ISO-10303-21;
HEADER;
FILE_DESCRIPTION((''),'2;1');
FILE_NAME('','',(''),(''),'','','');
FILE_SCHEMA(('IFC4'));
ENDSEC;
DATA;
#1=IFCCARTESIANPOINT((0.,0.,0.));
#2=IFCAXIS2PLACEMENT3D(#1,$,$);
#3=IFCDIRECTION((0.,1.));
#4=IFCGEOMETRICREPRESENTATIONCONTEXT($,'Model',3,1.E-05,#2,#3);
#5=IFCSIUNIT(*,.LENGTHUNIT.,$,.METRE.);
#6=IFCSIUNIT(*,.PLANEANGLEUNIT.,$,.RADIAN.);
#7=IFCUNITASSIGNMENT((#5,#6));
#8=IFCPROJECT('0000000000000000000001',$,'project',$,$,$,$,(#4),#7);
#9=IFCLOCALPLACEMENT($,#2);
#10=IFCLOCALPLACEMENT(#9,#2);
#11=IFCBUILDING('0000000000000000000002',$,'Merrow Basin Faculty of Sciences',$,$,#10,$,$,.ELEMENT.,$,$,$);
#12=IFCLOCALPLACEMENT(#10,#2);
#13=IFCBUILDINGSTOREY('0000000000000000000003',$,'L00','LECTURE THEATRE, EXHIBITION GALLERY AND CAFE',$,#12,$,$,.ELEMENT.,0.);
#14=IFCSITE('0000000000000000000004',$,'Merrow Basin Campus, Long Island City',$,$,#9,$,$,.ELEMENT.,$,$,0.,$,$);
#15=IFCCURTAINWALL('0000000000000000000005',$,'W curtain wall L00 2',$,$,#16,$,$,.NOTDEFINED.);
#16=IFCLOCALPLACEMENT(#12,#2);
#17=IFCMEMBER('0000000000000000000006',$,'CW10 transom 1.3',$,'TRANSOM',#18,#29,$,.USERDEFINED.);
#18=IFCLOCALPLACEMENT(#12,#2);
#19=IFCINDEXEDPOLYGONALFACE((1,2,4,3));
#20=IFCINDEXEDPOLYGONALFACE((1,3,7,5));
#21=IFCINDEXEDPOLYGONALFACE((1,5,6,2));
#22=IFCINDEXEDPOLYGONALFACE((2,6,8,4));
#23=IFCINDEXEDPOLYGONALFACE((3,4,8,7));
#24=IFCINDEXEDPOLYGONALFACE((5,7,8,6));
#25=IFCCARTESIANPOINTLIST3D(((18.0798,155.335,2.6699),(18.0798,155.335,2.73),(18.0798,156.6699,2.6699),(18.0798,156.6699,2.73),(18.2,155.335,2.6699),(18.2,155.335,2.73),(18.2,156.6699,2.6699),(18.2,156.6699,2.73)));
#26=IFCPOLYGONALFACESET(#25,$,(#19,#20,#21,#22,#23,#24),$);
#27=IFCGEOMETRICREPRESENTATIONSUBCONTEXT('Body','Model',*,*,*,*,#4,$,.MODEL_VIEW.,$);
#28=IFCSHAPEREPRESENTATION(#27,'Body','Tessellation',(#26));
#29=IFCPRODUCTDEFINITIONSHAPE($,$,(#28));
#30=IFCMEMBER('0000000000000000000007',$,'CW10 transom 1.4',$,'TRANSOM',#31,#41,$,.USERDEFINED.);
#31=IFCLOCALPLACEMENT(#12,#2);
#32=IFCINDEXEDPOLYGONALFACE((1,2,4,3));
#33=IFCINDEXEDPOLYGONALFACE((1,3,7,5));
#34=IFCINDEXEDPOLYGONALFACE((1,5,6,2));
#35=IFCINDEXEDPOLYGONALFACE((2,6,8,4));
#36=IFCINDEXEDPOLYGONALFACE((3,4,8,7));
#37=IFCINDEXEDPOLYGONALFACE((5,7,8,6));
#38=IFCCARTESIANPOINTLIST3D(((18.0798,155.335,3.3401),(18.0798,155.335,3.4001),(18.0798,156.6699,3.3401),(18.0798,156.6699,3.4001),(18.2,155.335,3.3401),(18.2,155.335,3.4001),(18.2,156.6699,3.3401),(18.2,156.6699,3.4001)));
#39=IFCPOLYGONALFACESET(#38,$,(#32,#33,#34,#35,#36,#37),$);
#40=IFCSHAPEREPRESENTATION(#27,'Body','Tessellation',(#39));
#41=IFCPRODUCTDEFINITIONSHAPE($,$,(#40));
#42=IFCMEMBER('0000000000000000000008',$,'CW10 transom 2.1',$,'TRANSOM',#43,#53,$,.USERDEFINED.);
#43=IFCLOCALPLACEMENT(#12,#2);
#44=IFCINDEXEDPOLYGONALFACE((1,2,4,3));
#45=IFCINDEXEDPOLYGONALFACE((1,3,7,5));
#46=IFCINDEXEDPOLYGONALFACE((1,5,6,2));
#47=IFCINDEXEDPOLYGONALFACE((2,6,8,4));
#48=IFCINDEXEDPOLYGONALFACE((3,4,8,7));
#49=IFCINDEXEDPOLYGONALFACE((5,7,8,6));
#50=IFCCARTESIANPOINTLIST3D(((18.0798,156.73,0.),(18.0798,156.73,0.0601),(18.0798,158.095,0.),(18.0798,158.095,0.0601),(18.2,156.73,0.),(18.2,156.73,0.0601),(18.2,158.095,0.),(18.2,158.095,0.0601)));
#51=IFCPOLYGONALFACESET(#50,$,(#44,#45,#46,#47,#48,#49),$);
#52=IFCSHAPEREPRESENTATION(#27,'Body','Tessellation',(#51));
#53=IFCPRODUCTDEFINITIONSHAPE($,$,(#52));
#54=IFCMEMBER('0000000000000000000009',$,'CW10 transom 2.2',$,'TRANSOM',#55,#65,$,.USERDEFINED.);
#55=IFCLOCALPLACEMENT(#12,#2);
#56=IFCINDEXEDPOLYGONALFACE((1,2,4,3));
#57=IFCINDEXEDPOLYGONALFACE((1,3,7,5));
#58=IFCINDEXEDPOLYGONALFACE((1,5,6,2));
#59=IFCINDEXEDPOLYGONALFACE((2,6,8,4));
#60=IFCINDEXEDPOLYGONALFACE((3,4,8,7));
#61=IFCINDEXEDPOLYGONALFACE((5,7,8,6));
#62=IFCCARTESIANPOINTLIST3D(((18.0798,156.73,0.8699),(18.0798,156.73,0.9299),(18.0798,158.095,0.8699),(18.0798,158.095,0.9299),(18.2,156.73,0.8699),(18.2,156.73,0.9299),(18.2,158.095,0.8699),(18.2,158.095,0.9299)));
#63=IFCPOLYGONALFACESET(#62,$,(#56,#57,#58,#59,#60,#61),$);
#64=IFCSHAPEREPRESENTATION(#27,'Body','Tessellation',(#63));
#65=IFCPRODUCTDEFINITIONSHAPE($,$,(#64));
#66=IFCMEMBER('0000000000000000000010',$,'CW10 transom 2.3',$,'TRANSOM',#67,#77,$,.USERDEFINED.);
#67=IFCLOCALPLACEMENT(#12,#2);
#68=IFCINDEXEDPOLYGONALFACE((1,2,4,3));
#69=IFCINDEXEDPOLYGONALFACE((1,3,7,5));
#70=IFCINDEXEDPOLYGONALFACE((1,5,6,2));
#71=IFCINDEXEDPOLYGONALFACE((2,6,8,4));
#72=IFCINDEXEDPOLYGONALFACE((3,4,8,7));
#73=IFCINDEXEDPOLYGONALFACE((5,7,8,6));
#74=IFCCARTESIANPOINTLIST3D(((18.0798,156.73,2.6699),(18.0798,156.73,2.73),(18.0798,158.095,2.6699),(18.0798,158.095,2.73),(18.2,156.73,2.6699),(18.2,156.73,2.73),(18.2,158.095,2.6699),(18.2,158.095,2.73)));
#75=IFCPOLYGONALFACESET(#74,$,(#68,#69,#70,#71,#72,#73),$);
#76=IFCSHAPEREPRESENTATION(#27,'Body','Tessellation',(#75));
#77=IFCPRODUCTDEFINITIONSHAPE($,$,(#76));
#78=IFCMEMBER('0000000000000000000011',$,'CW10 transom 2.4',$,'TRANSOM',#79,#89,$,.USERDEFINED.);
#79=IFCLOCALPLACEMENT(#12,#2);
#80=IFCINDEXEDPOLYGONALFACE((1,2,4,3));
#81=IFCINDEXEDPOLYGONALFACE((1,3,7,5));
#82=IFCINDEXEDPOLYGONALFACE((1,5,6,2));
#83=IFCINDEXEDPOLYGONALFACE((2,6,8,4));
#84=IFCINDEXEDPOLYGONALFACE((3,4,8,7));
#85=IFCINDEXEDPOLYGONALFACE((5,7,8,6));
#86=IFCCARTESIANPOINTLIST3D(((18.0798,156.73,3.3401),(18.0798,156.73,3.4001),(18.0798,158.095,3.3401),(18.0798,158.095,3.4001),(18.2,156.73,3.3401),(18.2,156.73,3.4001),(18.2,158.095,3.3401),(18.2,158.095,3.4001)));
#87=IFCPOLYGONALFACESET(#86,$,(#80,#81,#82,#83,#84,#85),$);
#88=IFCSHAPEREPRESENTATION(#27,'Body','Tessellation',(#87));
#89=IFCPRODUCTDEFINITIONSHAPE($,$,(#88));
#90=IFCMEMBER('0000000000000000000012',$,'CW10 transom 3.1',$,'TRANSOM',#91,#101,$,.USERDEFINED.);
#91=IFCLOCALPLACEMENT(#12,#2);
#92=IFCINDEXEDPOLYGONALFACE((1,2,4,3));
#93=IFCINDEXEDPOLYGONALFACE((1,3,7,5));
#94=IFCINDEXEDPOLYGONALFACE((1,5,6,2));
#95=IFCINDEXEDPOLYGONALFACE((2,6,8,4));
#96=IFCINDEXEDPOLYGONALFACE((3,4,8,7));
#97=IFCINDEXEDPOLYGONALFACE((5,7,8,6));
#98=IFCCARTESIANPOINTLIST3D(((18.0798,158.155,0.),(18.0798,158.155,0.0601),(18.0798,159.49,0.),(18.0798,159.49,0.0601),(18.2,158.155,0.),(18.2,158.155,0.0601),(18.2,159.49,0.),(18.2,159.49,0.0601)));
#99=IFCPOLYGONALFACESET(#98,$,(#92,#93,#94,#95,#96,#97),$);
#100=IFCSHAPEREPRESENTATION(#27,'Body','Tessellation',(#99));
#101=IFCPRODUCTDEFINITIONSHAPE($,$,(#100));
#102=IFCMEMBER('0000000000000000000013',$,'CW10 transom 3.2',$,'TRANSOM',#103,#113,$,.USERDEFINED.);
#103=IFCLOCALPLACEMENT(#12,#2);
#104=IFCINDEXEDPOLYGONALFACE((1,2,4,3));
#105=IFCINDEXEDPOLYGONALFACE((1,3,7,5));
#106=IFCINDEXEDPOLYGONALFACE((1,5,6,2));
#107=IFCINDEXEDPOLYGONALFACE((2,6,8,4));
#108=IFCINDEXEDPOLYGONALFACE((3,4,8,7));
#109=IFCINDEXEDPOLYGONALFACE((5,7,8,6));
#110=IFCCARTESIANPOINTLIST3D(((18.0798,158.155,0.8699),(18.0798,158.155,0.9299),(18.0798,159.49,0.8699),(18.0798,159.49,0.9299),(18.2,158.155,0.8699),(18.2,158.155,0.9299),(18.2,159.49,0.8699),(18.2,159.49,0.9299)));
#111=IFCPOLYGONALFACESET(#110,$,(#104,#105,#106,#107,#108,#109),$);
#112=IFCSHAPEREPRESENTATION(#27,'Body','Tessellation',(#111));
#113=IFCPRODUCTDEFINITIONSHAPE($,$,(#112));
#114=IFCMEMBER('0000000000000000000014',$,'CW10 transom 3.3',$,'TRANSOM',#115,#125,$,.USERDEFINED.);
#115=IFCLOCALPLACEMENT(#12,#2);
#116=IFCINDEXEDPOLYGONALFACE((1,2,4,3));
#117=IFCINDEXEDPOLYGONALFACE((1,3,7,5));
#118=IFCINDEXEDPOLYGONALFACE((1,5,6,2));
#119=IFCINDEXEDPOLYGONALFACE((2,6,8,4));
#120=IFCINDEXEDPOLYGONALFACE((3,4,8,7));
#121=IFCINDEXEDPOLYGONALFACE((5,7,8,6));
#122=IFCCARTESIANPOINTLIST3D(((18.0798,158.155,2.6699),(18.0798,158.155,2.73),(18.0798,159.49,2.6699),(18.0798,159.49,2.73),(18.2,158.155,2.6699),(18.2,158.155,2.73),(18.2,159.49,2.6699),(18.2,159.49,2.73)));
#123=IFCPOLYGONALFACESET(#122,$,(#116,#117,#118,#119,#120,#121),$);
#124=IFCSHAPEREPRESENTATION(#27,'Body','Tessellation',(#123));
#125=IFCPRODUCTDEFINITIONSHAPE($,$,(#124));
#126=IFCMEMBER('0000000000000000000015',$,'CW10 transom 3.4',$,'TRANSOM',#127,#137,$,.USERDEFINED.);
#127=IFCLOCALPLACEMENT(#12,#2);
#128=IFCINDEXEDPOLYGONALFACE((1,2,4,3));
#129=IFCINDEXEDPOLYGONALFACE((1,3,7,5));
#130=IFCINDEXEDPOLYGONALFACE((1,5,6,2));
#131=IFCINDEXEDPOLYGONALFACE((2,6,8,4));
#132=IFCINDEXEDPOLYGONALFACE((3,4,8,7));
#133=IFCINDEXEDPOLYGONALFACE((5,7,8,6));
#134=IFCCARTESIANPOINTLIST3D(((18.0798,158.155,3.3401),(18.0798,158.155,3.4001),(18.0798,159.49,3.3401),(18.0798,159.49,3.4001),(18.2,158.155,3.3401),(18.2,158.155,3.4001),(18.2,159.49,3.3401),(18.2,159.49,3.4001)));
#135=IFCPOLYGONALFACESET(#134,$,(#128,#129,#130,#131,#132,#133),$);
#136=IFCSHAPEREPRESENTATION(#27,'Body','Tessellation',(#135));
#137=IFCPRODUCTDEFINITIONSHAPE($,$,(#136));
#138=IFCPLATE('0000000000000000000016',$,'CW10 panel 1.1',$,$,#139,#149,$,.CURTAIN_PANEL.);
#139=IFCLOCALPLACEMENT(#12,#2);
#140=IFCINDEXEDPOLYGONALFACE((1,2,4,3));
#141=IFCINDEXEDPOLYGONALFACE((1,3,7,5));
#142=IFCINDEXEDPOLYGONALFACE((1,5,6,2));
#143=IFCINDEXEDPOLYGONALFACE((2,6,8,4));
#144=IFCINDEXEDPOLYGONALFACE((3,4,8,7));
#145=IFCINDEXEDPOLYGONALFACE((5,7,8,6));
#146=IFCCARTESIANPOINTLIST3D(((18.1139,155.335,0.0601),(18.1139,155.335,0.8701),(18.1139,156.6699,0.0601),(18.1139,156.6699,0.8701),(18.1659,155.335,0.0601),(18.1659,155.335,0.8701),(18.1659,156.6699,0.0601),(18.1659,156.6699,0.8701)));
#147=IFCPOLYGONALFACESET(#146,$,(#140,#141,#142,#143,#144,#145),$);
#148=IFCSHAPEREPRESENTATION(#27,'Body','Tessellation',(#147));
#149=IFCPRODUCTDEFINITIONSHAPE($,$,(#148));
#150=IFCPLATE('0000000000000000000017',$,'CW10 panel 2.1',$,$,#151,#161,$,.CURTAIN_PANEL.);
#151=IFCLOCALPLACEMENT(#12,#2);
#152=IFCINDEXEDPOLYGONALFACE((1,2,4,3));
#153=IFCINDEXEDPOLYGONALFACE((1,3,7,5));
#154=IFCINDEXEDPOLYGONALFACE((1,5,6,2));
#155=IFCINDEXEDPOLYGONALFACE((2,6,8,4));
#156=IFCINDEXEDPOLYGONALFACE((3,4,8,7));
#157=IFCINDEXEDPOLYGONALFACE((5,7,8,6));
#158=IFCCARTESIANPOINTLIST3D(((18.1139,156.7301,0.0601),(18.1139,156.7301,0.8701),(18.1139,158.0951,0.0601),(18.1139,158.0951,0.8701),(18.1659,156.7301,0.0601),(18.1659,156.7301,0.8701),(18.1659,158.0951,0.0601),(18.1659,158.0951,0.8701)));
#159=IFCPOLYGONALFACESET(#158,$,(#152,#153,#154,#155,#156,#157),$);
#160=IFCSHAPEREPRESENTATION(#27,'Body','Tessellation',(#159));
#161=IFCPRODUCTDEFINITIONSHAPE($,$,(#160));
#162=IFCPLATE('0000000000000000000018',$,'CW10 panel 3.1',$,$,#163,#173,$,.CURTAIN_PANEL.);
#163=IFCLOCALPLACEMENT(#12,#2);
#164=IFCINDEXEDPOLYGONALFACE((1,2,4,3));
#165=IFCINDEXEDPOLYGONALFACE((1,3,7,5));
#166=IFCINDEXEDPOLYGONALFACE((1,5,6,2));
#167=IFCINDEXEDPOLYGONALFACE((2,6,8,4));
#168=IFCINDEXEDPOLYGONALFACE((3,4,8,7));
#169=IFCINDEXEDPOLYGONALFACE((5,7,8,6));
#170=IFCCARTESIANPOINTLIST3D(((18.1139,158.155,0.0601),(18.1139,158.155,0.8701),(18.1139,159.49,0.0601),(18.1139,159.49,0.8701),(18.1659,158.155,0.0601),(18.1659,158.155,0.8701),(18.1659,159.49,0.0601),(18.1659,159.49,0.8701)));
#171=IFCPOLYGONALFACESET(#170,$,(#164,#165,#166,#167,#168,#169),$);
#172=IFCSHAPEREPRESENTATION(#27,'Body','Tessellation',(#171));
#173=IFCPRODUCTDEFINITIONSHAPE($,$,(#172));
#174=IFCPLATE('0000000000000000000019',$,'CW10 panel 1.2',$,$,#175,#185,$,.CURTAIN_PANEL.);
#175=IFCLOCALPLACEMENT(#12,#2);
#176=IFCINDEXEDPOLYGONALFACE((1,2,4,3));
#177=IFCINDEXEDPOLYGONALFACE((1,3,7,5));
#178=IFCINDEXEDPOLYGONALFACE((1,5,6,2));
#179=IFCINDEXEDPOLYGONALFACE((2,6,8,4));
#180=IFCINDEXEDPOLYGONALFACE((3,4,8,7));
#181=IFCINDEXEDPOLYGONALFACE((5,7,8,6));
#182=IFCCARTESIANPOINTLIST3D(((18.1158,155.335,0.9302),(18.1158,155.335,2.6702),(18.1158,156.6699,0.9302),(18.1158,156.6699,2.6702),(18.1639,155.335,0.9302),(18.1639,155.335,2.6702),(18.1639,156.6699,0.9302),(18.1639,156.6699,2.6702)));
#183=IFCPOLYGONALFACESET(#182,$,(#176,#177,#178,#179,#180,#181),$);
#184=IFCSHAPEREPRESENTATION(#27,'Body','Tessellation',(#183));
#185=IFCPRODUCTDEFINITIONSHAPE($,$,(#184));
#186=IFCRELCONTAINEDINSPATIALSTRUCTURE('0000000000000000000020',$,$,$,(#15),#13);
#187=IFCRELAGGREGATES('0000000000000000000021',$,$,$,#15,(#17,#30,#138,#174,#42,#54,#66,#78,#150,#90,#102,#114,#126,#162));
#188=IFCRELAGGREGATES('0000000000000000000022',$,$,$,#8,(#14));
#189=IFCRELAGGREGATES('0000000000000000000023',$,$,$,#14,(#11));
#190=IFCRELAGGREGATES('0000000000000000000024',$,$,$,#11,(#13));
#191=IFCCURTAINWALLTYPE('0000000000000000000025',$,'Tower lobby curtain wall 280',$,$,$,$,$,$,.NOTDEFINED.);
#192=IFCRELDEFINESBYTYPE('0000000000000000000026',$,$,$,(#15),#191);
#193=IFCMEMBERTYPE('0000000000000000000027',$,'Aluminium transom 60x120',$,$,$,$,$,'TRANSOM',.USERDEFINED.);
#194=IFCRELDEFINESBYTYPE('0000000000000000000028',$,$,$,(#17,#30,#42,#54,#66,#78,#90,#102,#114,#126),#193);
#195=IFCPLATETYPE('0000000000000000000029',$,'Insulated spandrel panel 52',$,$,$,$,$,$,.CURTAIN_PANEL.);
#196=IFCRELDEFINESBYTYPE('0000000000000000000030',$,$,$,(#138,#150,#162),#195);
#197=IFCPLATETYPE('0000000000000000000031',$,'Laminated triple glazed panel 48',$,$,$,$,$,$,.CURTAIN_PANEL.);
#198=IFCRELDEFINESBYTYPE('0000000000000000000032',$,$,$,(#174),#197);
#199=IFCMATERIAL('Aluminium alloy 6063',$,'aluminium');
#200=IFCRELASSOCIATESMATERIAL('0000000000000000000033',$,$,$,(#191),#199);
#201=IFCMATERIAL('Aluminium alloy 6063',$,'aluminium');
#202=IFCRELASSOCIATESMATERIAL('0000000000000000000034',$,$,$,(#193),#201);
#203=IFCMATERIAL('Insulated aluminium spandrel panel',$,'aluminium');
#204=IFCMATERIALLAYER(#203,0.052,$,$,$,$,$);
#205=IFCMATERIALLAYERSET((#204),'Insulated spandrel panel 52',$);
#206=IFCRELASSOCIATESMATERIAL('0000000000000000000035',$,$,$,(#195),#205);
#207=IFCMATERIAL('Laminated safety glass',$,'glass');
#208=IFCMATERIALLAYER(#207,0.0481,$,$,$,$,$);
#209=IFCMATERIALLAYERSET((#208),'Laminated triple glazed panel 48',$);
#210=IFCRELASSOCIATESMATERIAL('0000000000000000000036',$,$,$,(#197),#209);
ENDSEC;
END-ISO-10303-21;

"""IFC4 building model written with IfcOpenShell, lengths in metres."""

from ifc_helpers import new_model, si_unit, direction, frame, origin, origin_2d, place, context, subcontext, project, spatial, rectangle, extrude, material, layer, layer_set, material_profile, profile_set, type_object, element, aggregate, save


model = new_model("IFC4")

# Units and contexts
model_context = context("Model", 3, precision=1e-05, world=origin(), true_north=direction((0.0, 1.0)))
body_context = subcontext(model_context, "Body", "Model", "MODEL_VIEW")
ifc_project = project(units=[si_unit("LENGTHUNIT", "METRE"), si_unit("PLANEANGLEUNIT", "RADIAN")], contexts=[model_context])

# Site, building, storey
site_placement = place(None, origin())
site = spatial("IfcSite", under=ifc_project, at=site_placement, Name="Merrow Basin Campus, Long Island City", CompositionType="ELEMENT", RefElevation=0.0)
building_placement = place(site_placement, origin())
building = spatial("IfcBuilding", under=site, at=building_placement, Name="Merrow Basin Faculty of Sciences", CompositionType="ELEMENT")
storey_placement = place(building_placement, origin())
storey = spatial("IfcBuildingStorey", under=building, at=storey_placement, Name="L00", Description="LECTURE THEATRE, EXHIBITION GALLERY AND CAFE", CompositionType="ELEMENT", Elevation=0.0)

# Curtain wall, members, plates
ifc_material_1 = material(Name="Aluminium alloy 6063", Category="aluminium")
curtain_wall_type = type_object("IfcCurtainWallType", Name="Tower lobby curtain wall 280", PredefinedType="NOTDEFINED", material=ifc_material_1)
curtain_wall_placement = place(storey_placement, origin())
curtain_wall = element("IfcCurtainWall", 1, at=curtain_wall_placement, inside=storey, type_object=curtain_wall_type, Name="W curtain wall L00 2", PredefinedType="NOTDEFINED")
ifc_material_2 = material(Name="Aluminium alloy 6063", Category="aluminium")
ifc_material_profile_1 = material_profile(ifc_material_2, rectangle(XDim=0.1201, YDim=0.0601, at=origin_2d()))
ifc_profile_set_1 = profile_set([ifc_material_profile_1], Name="Aluminium alloy 6063")
member_type_1 = type_object("IfcMemberType", Name="Aluminium transom 60x120", ElementType="TRANSOM", PredefinedType="USERDEFINED", material=ifc_profile_set_1)
member_1_placement = place(storey_placement, frame((18.1399, 155.335, 2.7), z_axis=(0.0, 1.0, 0.0), x_axis=(-1.0, 0.0, 0.0)))
member_1 = element("IfcMember", 2, at=member_1_placement, type_object=member_type_1, Name="CW10 transom 1.3", ObjectType="TRANSOM", PredefinedType="USERDEFINED", context=body_context, shape_type="SweptSolid", body=[
    extrude(rectangle(XDim=0.1201, YDim=0.0601, at=origin_2d()), origin(), (0.0, 0.0, 1.0), 1.335),
])
member_2_placement = place(storey_placement, frame((18.1399, 155.335, 3.3701), z_axis=(0.0, 1.0, 0.0), x_axis=(-1.0, 0.0, 0.0)))
member_2 = element("IfcMember", 3, at=member_2_placement, type_object=member_type_1, Name="CW10 transom 1.4", ObjectType="TRANSOM", PredefinedType="USERDEFINED", context=body_context, shape_type="SweptSolid", body=[
    extrude(rectangle(XDim=0.1201, YDim=0.0601, at=origin_2d()), origin(), (0.0, 0.0, 1.0), 1.335),
])
member_3_placement = place(storey_placement, frame((18.1399, 156.73, 0.03), z_axis=(0.0, 1.0, 0.0), x_axis=(-1.0, 0.0, 0.0)))
member_3 = element("IfcMember", 4, at=member_3_placement, type_object=member_type_1, Name="CW10 transom 2.1", ObjectType="TRANSOM", PredefinedType="USERDEFINED", context=body_context, shape_type="SweptSolid", body=[
    extrude(rectangle(XDim=0.1201, YDim=0.0601, at=origin_2d()), origin(), (0.0, 0.0, 1.0), 1.365),
])
member_4_placement = place(storey_placement, frame((18.1399, 156.73, 0.8999), z_axis=(0.0, 1.0, 0.0), x_axis=(-1.0, 0.0, 0.0)))
member_4 = element("IfcMember", 5, at=member_4_placement, type_object=member_type_1, Name="CW10 transom 2.2", ObjectType="TRANSOM", PredefinedType="USERDEFINED", context=body_context, shape_type="SweptSolid", body=[
    extrude(rectangle(XDim=0.1201, YDim=0.0601, at=origin_2d()), origin(), (0.0, 0.0, 1.0), 1.365),
])
member_5_placement = place(storey_placement, frame((18.1399, 156.73, 2.7), z_axis=(0.0, 1.0, 0.0), x_axis=(-1.0, 0.0, 0.0)))
member_5 = element("IfcMember", 6, at=member_5_placement, type_object=member_type_1, Name="CW10 transom 2.3", ObjectType="TRANSOM", PredefinedType="USERDEFINED", context=body_context, shape_type="SweptSolid", body=[
    extrude(rectangle(XDim=0.1201, YDim=0.0601, at=origin_2d()), origin(), (0.0, 0.0, 1.0), 1.365),
])
member_6_placement = place(storey_placement, frame((18.1399, 156.73, 3.3701), z_axis=(0.0, 1.0, 0.0), x_axis=(-1.0, 0.0, 0.0)))
member_6 = element("IfcMember", 7, at=member_6_placement, type_object=member_type_1, Name="CW10 transom 2.4", ObjectType="TRANSOM", PredefinedType="USERDEFINED", context=body_context, shape_type="SweptSolid", body=[
    extrude(rectangle(XDim=0.1201, YDim=0.0601, at=origin_2d()), origin(), (0.0, 0.0, 1.0), 1.365),
])
member_7_placement = place(storey_placement, frame((18.1399, 158.155, 0.03), z_axis=(0.0, 1.0, 0.0), x_axis=(-1.0, 0.0, 0.0)))
member_7 = element("IfcMember", 8, at=member_7_placement, type_object=member_type_1, Name="CW10 transom 3.1", ObjectType="TRANSOM", PredefinedType="USERDEFINED", context=body_context, shape_type="SweptSolid", body=[
    extrude(rectangle(XDim=0.1201, YDim=0.0601, at=origin_2d()), origin(), (0.0, 0.0, 1.0), 1.335),
])
member_8_placement = place(storey_placement, frame((18.1399, 158.155, 0.8999), z_axis=(0.0, 1.0, 0.0), x_axis=(-1.0, 0.0, 0.0)))
member_8 = element("IfcMember", 9, at=member_8_placement, type_object=member_type_1, Name="CW10 transom 3.2", ObjectType="TRANSOM", PredefinedType="USERDEFINED", context=body_context, shape_type="SweptSolid", body=[
    extrude(rectangle(XDim=0.1201, YDim=0.0601, at=origin_2d()), origin(), (0.0, 0.0, 1.0), 1.335),
])
member_9_placement = place(storey_placement, frame((18.1399, 158.155, 2.7), z_axis=(0.0, 1.0, 0.0), x_axis=(-1.0, 0.0, 0.0)))
member_9 = element("IfcMember", 10, at=member_9_placement, type_object=member_type_1, Name="CW10 transom 3.3", ObjectType="TRANSOM", PredefinedType="USERDEFINED", context=body_context, shape_type="SweptSolid", body=[
    extrude(rectangle(XDim=0.1201, YDim=0.0601, at=origin_2d()), origin(), (0.0, 0.0, 1.0), 1.335),
])
member_10_placement = place(storey_placement, frame((18.1399, 158.155, 3.3701), z_axis=(0.0, 1.0, 0.0), x_axis=(-1.0, 0.0, 0.0)))
member_10 = element("IfcMember", 11, at=member_10_placement, type_object=member_type_1, Name="CW10 transom 3.4", ObjectType="TRANSOM", PredefinedType="USERDEFINED", context=body_context, shape_type="SweptSolid", body=[
    extrude(rectangle(XDim=0.1201, YDim=0.0601, at=origin_2d()), origin(), (0.0, 0.0, 1.0), 1.335),
])
ifc_material_3 = material(Name="Insulated aluminium spandrel panel", Category="aluminium")
ifc_layer_1 = layer(ifc_material_3, 0.052)
ifc_layer_set_1 = layer_set([ifc_layer_1], Name="Insulated spandrel panel 52")
plate_type_1 = type_object("IfcPlateType", Name="Insulated spandrel panel 52", PredefinedType="CURTAIN_PANEL", material=ifc_layer_set_1)
plate_1_placement = place(storey_placement, frame((18.1399, 156.0024, 0.0601), z_axis=(0.0, 0.0, 1.0), x_axis=(0.0, 1.0, 0.0)))
plate_1 = element("IfcPlate", 12, at=plate_1_placement, type_object=plate_type_1, Name="CW10 panel 1.1", PredefinedType="CURTAIN_PANEL", context=body_context, shape_type="SweptSolid", body=[
    extrude(rectangle(XDim=1.335, YDim=0.052, at=origin_2d()), origin(), (0.0, 0.0, 1.0), 0.8101),
])
plate_2_placement = place(storey_placement, frame((18.1399, 157.4126, 0.0601), z_axis=(0.0, 0.0, 1.0), x_axis=(0.0, 1.0, 0.0)))
plate_2 = element("IfcPlate", 13, at=plate_2_placement, type_object=plate_type_1, Name="CW10 panel 2.1", PredefinedType="CURTAIN_PANEL", context=body_context, shape_type="SweptSolid", body=[
    extrude(rectangle(XDim=1.365, YDim=0.052, at=origin_2d()), origin(), (0.0, 0.0, 1.0), 0.8101),
])
plate_3_placement = place(storey_placement, frame((18.1399, 158.8225, 0.0601), z_axis=(0.0, 0.0, 1.0), x_axis=(0.0, 1.0, 0.0)))
plate_3 = element("IfcPlate", 14, at=plate_3_placement, type_object=plate_type_1, Name="CW10 panel 3.1", PredefinedType="CURTAIN_PANEL", context=body_context, shape_type="SweptSolid", body=[
    extrude(rectangle(XDim=1.335, YDim=0.052, at=origin_2d()), origin(), (0.0, 0.0, 1.0), 0.8101),
])
ifc_material_4 = material(Name="Laminated safety glass", Category="glass")
ifc_layer_2 = layer(ifc_material_4, 0.0481)
ifc_layer_set_2 = layer_set([ifc_layer_2], Name="Laminated triple glazed panel 48")
plate_type_2 = type_object("IfcPlateType", Name="Laminated triple glazed panel 48", PredefinedType="CURTAIN_PANEL", material=ifc_layer_set_2)
plate_4_placement = place(storey_placement, frame((18.1399, 156.0024, 0.9302), z_axis=(0.0, 0.0, 1.0), x_axis=(0.0, 1.0, 0.0)))
plate_4 = element("IfcPlate", 15, at=plate_4_placement, type_object=plate_type_2, Name="CW10 panel 1.2", PredefinedType="CURTAIN_PANEL", context=body_context, shape_type="SweptSolid", body=[
    extrude(rectangle(XDim=1.335, YDim=0.0481, at=origin_2d()), origin(), (0.0, 0.0, 1.0), 1.74),
])
aggregate(curtain_wall, [member_1, member_2, plate_1, plate_4, member_3, member_4, member_5, member_6, plate_2, member_7, member_8, member_9, member_10, plate_3])

save(model, "model.ifc")
